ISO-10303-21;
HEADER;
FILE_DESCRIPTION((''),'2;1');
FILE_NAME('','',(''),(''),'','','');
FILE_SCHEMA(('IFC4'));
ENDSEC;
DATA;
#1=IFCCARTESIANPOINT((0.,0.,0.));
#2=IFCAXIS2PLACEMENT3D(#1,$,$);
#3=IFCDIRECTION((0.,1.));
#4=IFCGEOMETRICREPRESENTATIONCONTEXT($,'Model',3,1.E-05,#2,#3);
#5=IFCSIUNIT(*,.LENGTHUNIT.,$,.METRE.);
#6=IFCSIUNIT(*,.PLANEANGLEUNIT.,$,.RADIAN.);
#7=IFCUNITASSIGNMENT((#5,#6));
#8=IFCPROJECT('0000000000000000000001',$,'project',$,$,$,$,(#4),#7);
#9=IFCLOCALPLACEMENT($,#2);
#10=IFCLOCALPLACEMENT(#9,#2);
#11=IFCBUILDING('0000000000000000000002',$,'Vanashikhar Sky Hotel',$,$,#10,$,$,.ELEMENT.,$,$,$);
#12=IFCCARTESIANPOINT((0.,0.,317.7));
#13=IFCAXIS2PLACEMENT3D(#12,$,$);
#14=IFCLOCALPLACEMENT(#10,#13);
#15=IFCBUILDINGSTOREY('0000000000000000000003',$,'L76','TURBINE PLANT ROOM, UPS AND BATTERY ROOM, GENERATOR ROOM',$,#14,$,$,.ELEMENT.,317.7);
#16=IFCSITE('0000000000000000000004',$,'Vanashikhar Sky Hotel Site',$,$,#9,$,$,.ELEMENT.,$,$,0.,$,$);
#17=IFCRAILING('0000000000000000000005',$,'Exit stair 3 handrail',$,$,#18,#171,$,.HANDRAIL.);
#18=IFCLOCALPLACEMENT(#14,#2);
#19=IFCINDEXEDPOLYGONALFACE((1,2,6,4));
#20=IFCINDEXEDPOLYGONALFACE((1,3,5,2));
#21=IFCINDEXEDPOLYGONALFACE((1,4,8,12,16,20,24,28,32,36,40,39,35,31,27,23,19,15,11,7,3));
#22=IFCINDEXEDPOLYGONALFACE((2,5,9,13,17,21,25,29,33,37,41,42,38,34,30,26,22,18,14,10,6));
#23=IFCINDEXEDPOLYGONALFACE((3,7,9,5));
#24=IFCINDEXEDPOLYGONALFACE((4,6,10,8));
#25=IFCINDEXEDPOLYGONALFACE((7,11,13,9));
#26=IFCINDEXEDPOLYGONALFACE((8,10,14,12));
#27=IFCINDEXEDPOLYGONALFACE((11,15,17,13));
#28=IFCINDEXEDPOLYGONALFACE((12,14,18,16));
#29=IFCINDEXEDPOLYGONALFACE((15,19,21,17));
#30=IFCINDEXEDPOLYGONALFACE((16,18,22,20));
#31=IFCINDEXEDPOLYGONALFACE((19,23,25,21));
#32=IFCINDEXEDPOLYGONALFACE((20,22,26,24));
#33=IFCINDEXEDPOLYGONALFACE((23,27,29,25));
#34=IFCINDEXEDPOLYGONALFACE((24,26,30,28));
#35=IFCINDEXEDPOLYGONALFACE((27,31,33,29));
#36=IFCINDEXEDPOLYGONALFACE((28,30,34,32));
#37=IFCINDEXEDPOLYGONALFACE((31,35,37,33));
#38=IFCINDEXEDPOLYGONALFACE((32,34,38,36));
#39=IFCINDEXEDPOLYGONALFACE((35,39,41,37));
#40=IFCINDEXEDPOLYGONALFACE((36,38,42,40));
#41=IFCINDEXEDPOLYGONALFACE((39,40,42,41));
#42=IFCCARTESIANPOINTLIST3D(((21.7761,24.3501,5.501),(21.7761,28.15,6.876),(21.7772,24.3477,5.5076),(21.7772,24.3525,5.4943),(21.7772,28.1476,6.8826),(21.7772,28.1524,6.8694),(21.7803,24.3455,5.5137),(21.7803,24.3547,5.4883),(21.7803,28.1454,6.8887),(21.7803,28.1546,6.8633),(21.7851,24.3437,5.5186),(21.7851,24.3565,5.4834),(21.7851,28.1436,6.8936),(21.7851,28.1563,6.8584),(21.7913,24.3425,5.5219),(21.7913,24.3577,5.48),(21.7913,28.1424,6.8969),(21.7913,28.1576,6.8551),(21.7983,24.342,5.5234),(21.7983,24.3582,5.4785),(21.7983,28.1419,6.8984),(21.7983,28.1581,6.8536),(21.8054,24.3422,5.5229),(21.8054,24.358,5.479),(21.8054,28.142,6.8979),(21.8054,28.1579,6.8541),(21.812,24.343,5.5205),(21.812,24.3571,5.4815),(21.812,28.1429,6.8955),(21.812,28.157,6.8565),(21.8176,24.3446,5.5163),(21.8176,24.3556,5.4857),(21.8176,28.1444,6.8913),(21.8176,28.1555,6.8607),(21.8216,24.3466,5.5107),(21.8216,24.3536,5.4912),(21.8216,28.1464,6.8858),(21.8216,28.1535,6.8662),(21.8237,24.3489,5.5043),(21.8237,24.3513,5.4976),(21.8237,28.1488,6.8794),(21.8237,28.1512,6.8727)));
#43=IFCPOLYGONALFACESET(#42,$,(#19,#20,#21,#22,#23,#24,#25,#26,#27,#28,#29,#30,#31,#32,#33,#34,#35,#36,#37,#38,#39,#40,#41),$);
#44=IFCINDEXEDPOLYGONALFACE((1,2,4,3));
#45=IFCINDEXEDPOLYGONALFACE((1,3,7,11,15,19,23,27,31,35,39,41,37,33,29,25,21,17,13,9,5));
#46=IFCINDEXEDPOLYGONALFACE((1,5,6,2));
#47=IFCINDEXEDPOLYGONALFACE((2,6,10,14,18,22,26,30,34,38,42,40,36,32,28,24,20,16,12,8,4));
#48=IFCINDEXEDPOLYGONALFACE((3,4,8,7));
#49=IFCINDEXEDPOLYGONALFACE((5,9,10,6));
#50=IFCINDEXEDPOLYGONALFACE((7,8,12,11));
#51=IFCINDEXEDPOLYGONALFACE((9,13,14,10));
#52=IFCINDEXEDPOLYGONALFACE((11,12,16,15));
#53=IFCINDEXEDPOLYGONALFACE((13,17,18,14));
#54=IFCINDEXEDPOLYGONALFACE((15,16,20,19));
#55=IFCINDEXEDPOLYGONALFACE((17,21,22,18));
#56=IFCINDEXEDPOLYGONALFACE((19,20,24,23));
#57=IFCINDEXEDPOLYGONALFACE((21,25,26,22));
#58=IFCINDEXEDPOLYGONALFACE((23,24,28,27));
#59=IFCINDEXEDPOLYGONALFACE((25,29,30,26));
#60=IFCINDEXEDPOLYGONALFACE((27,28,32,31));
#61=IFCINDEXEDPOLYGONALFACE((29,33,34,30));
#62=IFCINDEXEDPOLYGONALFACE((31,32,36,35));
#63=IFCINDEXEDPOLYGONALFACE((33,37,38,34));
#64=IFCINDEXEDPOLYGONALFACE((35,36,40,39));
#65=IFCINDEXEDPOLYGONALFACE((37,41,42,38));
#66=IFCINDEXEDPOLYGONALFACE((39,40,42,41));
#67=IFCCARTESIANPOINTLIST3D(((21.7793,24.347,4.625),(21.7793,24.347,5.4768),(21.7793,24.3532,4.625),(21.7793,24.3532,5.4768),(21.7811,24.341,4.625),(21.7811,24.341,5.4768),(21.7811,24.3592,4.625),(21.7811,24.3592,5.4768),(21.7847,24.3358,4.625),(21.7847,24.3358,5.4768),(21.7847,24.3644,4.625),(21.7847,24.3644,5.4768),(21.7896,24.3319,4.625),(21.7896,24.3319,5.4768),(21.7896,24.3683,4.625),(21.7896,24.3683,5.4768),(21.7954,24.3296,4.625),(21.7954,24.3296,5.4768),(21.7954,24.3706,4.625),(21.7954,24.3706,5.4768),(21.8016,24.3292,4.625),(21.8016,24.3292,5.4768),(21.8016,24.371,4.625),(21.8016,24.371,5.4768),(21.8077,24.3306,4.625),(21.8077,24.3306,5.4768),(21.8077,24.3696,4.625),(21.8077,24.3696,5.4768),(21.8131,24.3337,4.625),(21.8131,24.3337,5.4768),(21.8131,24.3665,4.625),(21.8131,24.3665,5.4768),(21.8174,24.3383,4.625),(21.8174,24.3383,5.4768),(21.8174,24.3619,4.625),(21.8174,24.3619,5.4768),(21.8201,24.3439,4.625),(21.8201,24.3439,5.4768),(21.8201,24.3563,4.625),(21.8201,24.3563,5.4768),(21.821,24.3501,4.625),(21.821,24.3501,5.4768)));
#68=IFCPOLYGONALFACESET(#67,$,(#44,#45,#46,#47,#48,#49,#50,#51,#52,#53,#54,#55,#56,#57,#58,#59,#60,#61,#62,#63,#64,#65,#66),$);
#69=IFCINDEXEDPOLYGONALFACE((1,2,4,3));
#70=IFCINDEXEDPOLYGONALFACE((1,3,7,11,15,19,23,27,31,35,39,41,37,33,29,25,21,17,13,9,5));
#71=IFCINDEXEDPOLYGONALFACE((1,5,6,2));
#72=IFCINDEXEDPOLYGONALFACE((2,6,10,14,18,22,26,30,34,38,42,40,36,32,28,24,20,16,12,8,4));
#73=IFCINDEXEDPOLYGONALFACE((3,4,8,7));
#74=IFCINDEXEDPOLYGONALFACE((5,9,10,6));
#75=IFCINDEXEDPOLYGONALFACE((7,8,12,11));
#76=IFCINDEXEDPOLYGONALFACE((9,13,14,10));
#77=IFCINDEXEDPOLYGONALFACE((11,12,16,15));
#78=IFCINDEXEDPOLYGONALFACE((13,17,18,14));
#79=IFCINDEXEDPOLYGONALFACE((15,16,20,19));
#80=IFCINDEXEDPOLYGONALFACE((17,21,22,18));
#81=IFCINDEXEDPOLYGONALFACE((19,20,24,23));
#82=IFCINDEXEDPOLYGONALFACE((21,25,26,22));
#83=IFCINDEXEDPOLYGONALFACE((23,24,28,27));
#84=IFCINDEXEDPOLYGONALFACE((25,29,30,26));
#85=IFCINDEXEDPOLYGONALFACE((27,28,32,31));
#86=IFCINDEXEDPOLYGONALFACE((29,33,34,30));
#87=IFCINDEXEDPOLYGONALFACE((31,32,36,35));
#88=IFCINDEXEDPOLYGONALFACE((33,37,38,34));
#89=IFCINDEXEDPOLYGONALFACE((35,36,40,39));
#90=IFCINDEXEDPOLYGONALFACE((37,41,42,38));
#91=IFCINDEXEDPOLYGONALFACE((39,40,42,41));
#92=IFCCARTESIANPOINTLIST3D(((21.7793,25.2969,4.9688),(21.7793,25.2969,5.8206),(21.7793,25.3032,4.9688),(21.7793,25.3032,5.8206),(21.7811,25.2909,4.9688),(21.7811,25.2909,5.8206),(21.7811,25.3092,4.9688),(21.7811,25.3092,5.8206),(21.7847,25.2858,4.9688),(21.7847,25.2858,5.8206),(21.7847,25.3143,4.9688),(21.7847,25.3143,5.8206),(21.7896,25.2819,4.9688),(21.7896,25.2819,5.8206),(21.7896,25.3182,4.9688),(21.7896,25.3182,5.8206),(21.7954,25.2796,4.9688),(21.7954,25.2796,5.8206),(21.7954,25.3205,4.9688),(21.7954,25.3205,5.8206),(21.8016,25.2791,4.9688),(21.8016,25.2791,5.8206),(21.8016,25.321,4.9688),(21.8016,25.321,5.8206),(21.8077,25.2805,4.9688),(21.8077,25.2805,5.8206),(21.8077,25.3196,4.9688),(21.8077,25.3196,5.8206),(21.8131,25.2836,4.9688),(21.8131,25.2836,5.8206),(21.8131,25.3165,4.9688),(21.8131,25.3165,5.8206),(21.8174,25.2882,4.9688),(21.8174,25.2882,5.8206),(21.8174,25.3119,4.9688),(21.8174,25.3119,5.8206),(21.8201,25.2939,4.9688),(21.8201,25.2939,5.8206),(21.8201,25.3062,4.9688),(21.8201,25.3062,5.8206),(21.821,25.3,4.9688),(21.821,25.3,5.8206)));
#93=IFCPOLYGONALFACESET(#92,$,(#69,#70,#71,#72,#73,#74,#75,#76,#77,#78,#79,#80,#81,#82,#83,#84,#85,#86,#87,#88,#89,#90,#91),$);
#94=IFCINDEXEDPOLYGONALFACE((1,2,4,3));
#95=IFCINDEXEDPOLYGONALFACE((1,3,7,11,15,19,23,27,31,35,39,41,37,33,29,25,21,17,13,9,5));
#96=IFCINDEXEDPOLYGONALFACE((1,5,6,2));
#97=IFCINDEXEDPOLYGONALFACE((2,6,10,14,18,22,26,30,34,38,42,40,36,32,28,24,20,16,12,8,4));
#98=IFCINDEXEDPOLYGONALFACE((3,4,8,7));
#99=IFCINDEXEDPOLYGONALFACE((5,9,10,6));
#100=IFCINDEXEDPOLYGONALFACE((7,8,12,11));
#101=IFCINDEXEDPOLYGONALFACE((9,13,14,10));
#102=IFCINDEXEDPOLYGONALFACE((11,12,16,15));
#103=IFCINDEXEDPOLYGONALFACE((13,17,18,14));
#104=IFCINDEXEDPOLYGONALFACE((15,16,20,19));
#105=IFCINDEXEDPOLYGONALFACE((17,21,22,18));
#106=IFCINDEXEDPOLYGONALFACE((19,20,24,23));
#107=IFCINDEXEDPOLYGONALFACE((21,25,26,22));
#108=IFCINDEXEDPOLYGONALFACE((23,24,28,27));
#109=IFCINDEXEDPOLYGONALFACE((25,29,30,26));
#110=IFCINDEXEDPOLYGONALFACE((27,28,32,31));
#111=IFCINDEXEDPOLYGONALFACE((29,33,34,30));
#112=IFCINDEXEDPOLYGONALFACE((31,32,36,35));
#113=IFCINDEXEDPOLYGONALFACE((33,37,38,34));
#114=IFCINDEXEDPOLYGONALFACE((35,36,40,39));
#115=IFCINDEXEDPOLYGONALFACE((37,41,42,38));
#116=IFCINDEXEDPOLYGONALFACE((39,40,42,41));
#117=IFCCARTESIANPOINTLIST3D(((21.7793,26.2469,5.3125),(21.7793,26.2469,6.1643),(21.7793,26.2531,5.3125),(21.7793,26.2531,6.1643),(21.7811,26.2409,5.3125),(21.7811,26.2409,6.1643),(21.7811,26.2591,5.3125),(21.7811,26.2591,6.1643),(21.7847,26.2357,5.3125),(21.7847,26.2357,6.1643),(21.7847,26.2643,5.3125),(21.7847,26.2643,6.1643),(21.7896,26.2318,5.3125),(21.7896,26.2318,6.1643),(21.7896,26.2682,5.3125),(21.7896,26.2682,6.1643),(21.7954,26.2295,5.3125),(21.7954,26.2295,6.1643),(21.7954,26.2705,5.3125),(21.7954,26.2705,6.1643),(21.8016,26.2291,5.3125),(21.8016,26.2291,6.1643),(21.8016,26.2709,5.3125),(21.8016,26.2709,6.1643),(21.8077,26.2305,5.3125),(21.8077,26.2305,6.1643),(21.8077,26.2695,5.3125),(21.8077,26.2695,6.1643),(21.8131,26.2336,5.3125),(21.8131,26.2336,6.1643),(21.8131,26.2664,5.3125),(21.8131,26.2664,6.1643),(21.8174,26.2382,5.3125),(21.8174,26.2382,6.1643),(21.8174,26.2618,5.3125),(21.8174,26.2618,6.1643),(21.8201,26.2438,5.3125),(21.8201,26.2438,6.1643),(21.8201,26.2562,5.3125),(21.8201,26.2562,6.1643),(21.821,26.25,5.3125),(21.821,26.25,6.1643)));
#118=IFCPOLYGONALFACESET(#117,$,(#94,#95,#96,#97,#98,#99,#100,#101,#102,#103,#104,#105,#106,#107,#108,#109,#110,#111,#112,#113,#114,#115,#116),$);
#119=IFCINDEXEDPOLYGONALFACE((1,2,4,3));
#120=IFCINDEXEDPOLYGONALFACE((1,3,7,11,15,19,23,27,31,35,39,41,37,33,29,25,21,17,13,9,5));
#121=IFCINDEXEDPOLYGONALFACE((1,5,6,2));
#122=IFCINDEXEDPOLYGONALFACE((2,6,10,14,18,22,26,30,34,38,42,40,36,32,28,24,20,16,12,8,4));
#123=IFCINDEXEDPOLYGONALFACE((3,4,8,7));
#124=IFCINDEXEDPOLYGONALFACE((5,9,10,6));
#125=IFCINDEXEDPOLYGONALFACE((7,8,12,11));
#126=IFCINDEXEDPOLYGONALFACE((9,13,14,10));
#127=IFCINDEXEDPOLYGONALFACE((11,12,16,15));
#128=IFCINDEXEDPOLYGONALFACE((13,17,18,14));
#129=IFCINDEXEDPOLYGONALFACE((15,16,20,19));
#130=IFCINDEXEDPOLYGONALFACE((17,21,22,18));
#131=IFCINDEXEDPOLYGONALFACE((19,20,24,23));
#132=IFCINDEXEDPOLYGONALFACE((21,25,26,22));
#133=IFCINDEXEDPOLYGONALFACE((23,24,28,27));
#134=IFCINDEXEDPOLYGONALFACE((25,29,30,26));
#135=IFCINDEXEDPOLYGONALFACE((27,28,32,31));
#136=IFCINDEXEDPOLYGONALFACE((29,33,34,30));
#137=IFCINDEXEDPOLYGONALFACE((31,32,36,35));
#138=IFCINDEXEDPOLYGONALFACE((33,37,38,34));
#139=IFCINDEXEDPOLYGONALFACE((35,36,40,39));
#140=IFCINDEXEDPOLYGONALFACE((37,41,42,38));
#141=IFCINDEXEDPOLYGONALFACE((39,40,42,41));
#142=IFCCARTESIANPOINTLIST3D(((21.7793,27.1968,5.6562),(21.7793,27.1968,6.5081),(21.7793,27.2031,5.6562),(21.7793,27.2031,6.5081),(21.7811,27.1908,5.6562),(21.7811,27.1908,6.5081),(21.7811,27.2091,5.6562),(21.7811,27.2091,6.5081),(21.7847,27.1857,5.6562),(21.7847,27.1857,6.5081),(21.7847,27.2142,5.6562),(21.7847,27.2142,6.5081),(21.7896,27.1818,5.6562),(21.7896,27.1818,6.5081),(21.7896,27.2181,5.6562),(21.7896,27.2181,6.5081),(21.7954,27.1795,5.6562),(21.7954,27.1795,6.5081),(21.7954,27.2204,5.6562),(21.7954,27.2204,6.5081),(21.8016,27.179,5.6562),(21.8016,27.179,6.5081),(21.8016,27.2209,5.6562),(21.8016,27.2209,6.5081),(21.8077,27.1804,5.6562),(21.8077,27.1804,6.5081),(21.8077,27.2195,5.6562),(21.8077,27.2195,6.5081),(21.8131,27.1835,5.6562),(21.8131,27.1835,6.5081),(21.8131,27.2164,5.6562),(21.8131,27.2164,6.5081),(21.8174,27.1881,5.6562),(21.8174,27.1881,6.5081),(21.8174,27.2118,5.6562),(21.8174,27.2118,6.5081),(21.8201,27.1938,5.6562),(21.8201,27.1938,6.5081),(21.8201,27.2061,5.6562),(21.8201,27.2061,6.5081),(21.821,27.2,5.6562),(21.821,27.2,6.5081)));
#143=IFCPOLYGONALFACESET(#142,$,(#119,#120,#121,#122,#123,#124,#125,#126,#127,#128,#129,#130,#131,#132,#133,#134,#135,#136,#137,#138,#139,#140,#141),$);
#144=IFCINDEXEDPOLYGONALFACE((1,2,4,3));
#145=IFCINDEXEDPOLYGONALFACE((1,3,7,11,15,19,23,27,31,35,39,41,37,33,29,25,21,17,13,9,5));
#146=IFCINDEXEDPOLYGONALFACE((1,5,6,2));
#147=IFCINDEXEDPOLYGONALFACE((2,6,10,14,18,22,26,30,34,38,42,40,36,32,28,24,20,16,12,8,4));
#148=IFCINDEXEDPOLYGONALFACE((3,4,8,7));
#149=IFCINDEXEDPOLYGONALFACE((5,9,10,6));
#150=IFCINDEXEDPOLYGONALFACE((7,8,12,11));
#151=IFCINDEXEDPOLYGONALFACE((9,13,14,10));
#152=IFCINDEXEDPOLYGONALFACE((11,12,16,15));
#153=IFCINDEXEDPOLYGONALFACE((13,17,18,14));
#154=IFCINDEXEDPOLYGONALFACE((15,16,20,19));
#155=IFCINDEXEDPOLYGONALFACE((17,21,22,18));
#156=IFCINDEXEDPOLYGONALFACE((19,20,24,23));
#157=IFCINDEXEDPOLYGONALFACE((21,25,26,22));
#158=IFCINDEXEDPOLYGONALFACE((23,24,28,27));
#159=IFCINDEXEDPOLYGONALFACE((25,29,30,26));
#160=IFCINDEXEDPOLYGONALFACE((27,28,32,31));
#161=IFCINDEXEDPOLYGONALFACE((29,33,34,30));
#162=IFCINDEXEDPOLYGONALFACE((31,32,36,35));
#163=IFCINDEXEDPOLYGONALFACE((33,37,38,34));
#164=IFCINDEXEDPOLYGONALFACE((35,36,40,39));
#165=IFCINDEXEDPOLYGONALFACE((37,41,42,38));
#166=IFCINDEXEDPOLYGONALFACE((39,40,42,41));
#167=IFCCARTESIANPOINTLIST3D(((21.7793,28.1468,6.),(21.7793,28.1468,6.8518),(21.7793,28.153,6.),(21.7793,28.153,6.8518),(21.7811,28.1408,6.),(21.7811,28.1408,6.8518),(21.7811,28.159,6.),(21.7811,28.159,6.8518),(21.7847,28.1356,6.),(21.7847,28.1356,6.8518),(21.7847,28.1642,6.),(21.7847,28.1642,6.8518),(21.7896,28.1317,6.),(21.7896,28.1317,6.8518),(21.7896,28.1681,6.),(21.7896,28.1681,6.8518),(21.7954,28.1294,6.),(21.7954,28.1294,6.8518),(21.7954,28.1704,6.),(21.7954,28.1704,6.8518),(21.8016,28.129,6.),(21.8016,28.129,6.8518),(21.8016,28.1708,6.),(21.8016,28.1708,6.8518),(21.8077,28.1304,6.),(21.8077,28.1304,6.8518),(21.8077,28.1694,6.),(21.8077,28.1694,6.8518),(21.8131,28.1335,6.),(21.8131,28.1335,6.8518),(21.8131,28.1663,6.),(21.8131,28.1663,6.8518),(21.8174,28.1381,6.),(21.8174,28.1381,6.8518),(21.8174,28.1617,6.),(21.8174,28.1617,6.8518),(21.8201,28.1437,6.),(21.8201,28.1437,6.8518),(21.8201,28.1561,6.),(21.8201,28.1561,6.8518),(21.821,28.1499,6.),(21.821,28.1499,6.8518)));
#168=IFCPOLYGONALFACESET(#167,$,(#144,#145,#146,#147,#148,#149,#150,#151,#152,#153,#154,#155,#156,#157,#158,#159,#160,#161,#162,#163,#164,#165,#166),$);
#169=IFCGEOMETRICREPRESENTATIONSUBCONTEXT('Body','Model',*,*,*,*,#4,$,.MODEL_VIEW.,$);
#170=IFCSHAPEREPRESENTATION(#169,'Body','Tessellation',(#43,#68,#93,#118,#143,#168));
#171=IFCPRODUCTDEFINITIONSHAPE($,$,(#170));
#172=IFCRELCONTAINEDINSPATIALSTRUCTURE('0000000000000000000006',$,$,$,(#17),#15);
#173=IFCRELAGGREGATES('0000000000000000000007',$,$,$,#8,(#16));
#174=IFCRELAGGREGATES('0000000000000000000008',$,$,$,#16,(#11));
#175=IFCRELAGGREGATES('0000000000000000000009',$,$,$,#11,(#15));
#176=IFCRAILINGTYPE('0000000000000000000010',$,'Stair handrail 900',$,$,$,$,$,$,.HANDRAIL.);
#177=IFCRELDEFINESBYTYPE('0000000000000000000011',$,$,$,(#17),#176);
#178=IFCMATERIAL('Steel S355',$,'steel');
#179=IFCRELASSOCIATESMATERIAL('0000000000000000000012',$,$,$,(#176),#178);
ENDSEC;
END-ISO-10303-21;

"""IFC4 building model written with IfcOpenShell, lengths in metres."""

from ifc_helpers import new_model, si_unit, direction, frame, origin, origin_2d, place, context, subcontext, project, spatial, circle, extrude, source, transform, mapped, material, type_object, element, save


model = new_model("IFC4")

# Units and contexts
model_context = context("Model", 3, precision=1e-05, world=origin(), true_north=direction((0.0, 1.0)))
body_context = subcontext(model_context, "Body", "Model", "MODEL_VIEW")
ifc_project = project(units=[si_unit("LENGTHUNIT", "METRE"), si_unit("PLANEANGLEUNIT", "RADIAN")], contexts=[model_context])

# Site, building, storey
site_placement = place(None, origin())
site = spatial("IfcSite", under=ifc_project, at=site_placement, Name="Vanashikhar Sky Hotel Site", CompositionType="ELEMENT", RefElevation=0.0)
building_placement = place(site_placement, origin())
building = spatial("IfcBuilding", under=site, at=building_placement, Name="Vanashikhar Sky Hotel", CompositionType="ELEMENT")
storey_placement = place(building_placement, frame((0.0, 0.0, 317.7)))
storey = spatial("IfcBuildingStorey", under=building, at=storey_placement, Name="L76", Description="TURBINE PLANT ROOM, UPS AND BATTERY ROOM, GENERATOR ROOM", CompositionType="ELEMENT", Elevation=317.7)

# Railing
ifc_material_1 = material(Name="Steel S355", Category="steel")
railing_type_1 = type_object("IfcRailingType", Name="Stair handrail 900", PredefinedType="HANDRAIL", material=ifc_material_1)
shared_shape_1 = source(origin(), body_context, "Body", "SweptSolid", [
    extrude(circle(Radius=0.0239, at=origin_2d()), frame((0.0, 0.0, 0.876), z_axis=(0.0, 0.940329, 0.340268), x_axis=(-1.0, 0.0, 0.0)), (0.0, 0.0, 1.0), 4.041),
    extrude(circle(Radius=0.021, at=origin_2d()), origin(), (0.0, 0.0, 1.0), 0.8518),
    extrude(circle(Radius=0.021, at=origin_2d()), frame((0.0, 0.95, 0.3438)), (0.0, 0.0, 1.0), 0.8518),
    extrude(circle(Radius=0.021, at=origin_2d()), frame((0.0, 1.8999, 0.6875)), (0.0, 0.0, 1.0), 0.8518),
    extrude(circle(Radius=0.021, at=origin_2d()), frame((0.0, 2.8499, 1.0312)), (0.0, 0.0, 1.0), 0.8518),
    extrude(circle(Radius=0.021, at=origin_2d()), frame((0.0, 3.7998, 1.375)), (0.0, 0.0, 1.0), 0.8518),
])
for number, where, name in (
    (1, (21.8, 24.3501, 4.625), "Exit stair 3 handrail"),
):
    element("IfcRailing", number, at=place(storey_placement, frame(where)), inside=storey, type_object=railing_type_1, Name=name, PredefinedType="HANDRAIL", context=body_context, shape_type="MappedRepresentation", body=[
        mapped(shared_shape_1, transform((0.0, 0.0, 0.0), scale=1.0)),
    ])

save(model, "model.ifc")
